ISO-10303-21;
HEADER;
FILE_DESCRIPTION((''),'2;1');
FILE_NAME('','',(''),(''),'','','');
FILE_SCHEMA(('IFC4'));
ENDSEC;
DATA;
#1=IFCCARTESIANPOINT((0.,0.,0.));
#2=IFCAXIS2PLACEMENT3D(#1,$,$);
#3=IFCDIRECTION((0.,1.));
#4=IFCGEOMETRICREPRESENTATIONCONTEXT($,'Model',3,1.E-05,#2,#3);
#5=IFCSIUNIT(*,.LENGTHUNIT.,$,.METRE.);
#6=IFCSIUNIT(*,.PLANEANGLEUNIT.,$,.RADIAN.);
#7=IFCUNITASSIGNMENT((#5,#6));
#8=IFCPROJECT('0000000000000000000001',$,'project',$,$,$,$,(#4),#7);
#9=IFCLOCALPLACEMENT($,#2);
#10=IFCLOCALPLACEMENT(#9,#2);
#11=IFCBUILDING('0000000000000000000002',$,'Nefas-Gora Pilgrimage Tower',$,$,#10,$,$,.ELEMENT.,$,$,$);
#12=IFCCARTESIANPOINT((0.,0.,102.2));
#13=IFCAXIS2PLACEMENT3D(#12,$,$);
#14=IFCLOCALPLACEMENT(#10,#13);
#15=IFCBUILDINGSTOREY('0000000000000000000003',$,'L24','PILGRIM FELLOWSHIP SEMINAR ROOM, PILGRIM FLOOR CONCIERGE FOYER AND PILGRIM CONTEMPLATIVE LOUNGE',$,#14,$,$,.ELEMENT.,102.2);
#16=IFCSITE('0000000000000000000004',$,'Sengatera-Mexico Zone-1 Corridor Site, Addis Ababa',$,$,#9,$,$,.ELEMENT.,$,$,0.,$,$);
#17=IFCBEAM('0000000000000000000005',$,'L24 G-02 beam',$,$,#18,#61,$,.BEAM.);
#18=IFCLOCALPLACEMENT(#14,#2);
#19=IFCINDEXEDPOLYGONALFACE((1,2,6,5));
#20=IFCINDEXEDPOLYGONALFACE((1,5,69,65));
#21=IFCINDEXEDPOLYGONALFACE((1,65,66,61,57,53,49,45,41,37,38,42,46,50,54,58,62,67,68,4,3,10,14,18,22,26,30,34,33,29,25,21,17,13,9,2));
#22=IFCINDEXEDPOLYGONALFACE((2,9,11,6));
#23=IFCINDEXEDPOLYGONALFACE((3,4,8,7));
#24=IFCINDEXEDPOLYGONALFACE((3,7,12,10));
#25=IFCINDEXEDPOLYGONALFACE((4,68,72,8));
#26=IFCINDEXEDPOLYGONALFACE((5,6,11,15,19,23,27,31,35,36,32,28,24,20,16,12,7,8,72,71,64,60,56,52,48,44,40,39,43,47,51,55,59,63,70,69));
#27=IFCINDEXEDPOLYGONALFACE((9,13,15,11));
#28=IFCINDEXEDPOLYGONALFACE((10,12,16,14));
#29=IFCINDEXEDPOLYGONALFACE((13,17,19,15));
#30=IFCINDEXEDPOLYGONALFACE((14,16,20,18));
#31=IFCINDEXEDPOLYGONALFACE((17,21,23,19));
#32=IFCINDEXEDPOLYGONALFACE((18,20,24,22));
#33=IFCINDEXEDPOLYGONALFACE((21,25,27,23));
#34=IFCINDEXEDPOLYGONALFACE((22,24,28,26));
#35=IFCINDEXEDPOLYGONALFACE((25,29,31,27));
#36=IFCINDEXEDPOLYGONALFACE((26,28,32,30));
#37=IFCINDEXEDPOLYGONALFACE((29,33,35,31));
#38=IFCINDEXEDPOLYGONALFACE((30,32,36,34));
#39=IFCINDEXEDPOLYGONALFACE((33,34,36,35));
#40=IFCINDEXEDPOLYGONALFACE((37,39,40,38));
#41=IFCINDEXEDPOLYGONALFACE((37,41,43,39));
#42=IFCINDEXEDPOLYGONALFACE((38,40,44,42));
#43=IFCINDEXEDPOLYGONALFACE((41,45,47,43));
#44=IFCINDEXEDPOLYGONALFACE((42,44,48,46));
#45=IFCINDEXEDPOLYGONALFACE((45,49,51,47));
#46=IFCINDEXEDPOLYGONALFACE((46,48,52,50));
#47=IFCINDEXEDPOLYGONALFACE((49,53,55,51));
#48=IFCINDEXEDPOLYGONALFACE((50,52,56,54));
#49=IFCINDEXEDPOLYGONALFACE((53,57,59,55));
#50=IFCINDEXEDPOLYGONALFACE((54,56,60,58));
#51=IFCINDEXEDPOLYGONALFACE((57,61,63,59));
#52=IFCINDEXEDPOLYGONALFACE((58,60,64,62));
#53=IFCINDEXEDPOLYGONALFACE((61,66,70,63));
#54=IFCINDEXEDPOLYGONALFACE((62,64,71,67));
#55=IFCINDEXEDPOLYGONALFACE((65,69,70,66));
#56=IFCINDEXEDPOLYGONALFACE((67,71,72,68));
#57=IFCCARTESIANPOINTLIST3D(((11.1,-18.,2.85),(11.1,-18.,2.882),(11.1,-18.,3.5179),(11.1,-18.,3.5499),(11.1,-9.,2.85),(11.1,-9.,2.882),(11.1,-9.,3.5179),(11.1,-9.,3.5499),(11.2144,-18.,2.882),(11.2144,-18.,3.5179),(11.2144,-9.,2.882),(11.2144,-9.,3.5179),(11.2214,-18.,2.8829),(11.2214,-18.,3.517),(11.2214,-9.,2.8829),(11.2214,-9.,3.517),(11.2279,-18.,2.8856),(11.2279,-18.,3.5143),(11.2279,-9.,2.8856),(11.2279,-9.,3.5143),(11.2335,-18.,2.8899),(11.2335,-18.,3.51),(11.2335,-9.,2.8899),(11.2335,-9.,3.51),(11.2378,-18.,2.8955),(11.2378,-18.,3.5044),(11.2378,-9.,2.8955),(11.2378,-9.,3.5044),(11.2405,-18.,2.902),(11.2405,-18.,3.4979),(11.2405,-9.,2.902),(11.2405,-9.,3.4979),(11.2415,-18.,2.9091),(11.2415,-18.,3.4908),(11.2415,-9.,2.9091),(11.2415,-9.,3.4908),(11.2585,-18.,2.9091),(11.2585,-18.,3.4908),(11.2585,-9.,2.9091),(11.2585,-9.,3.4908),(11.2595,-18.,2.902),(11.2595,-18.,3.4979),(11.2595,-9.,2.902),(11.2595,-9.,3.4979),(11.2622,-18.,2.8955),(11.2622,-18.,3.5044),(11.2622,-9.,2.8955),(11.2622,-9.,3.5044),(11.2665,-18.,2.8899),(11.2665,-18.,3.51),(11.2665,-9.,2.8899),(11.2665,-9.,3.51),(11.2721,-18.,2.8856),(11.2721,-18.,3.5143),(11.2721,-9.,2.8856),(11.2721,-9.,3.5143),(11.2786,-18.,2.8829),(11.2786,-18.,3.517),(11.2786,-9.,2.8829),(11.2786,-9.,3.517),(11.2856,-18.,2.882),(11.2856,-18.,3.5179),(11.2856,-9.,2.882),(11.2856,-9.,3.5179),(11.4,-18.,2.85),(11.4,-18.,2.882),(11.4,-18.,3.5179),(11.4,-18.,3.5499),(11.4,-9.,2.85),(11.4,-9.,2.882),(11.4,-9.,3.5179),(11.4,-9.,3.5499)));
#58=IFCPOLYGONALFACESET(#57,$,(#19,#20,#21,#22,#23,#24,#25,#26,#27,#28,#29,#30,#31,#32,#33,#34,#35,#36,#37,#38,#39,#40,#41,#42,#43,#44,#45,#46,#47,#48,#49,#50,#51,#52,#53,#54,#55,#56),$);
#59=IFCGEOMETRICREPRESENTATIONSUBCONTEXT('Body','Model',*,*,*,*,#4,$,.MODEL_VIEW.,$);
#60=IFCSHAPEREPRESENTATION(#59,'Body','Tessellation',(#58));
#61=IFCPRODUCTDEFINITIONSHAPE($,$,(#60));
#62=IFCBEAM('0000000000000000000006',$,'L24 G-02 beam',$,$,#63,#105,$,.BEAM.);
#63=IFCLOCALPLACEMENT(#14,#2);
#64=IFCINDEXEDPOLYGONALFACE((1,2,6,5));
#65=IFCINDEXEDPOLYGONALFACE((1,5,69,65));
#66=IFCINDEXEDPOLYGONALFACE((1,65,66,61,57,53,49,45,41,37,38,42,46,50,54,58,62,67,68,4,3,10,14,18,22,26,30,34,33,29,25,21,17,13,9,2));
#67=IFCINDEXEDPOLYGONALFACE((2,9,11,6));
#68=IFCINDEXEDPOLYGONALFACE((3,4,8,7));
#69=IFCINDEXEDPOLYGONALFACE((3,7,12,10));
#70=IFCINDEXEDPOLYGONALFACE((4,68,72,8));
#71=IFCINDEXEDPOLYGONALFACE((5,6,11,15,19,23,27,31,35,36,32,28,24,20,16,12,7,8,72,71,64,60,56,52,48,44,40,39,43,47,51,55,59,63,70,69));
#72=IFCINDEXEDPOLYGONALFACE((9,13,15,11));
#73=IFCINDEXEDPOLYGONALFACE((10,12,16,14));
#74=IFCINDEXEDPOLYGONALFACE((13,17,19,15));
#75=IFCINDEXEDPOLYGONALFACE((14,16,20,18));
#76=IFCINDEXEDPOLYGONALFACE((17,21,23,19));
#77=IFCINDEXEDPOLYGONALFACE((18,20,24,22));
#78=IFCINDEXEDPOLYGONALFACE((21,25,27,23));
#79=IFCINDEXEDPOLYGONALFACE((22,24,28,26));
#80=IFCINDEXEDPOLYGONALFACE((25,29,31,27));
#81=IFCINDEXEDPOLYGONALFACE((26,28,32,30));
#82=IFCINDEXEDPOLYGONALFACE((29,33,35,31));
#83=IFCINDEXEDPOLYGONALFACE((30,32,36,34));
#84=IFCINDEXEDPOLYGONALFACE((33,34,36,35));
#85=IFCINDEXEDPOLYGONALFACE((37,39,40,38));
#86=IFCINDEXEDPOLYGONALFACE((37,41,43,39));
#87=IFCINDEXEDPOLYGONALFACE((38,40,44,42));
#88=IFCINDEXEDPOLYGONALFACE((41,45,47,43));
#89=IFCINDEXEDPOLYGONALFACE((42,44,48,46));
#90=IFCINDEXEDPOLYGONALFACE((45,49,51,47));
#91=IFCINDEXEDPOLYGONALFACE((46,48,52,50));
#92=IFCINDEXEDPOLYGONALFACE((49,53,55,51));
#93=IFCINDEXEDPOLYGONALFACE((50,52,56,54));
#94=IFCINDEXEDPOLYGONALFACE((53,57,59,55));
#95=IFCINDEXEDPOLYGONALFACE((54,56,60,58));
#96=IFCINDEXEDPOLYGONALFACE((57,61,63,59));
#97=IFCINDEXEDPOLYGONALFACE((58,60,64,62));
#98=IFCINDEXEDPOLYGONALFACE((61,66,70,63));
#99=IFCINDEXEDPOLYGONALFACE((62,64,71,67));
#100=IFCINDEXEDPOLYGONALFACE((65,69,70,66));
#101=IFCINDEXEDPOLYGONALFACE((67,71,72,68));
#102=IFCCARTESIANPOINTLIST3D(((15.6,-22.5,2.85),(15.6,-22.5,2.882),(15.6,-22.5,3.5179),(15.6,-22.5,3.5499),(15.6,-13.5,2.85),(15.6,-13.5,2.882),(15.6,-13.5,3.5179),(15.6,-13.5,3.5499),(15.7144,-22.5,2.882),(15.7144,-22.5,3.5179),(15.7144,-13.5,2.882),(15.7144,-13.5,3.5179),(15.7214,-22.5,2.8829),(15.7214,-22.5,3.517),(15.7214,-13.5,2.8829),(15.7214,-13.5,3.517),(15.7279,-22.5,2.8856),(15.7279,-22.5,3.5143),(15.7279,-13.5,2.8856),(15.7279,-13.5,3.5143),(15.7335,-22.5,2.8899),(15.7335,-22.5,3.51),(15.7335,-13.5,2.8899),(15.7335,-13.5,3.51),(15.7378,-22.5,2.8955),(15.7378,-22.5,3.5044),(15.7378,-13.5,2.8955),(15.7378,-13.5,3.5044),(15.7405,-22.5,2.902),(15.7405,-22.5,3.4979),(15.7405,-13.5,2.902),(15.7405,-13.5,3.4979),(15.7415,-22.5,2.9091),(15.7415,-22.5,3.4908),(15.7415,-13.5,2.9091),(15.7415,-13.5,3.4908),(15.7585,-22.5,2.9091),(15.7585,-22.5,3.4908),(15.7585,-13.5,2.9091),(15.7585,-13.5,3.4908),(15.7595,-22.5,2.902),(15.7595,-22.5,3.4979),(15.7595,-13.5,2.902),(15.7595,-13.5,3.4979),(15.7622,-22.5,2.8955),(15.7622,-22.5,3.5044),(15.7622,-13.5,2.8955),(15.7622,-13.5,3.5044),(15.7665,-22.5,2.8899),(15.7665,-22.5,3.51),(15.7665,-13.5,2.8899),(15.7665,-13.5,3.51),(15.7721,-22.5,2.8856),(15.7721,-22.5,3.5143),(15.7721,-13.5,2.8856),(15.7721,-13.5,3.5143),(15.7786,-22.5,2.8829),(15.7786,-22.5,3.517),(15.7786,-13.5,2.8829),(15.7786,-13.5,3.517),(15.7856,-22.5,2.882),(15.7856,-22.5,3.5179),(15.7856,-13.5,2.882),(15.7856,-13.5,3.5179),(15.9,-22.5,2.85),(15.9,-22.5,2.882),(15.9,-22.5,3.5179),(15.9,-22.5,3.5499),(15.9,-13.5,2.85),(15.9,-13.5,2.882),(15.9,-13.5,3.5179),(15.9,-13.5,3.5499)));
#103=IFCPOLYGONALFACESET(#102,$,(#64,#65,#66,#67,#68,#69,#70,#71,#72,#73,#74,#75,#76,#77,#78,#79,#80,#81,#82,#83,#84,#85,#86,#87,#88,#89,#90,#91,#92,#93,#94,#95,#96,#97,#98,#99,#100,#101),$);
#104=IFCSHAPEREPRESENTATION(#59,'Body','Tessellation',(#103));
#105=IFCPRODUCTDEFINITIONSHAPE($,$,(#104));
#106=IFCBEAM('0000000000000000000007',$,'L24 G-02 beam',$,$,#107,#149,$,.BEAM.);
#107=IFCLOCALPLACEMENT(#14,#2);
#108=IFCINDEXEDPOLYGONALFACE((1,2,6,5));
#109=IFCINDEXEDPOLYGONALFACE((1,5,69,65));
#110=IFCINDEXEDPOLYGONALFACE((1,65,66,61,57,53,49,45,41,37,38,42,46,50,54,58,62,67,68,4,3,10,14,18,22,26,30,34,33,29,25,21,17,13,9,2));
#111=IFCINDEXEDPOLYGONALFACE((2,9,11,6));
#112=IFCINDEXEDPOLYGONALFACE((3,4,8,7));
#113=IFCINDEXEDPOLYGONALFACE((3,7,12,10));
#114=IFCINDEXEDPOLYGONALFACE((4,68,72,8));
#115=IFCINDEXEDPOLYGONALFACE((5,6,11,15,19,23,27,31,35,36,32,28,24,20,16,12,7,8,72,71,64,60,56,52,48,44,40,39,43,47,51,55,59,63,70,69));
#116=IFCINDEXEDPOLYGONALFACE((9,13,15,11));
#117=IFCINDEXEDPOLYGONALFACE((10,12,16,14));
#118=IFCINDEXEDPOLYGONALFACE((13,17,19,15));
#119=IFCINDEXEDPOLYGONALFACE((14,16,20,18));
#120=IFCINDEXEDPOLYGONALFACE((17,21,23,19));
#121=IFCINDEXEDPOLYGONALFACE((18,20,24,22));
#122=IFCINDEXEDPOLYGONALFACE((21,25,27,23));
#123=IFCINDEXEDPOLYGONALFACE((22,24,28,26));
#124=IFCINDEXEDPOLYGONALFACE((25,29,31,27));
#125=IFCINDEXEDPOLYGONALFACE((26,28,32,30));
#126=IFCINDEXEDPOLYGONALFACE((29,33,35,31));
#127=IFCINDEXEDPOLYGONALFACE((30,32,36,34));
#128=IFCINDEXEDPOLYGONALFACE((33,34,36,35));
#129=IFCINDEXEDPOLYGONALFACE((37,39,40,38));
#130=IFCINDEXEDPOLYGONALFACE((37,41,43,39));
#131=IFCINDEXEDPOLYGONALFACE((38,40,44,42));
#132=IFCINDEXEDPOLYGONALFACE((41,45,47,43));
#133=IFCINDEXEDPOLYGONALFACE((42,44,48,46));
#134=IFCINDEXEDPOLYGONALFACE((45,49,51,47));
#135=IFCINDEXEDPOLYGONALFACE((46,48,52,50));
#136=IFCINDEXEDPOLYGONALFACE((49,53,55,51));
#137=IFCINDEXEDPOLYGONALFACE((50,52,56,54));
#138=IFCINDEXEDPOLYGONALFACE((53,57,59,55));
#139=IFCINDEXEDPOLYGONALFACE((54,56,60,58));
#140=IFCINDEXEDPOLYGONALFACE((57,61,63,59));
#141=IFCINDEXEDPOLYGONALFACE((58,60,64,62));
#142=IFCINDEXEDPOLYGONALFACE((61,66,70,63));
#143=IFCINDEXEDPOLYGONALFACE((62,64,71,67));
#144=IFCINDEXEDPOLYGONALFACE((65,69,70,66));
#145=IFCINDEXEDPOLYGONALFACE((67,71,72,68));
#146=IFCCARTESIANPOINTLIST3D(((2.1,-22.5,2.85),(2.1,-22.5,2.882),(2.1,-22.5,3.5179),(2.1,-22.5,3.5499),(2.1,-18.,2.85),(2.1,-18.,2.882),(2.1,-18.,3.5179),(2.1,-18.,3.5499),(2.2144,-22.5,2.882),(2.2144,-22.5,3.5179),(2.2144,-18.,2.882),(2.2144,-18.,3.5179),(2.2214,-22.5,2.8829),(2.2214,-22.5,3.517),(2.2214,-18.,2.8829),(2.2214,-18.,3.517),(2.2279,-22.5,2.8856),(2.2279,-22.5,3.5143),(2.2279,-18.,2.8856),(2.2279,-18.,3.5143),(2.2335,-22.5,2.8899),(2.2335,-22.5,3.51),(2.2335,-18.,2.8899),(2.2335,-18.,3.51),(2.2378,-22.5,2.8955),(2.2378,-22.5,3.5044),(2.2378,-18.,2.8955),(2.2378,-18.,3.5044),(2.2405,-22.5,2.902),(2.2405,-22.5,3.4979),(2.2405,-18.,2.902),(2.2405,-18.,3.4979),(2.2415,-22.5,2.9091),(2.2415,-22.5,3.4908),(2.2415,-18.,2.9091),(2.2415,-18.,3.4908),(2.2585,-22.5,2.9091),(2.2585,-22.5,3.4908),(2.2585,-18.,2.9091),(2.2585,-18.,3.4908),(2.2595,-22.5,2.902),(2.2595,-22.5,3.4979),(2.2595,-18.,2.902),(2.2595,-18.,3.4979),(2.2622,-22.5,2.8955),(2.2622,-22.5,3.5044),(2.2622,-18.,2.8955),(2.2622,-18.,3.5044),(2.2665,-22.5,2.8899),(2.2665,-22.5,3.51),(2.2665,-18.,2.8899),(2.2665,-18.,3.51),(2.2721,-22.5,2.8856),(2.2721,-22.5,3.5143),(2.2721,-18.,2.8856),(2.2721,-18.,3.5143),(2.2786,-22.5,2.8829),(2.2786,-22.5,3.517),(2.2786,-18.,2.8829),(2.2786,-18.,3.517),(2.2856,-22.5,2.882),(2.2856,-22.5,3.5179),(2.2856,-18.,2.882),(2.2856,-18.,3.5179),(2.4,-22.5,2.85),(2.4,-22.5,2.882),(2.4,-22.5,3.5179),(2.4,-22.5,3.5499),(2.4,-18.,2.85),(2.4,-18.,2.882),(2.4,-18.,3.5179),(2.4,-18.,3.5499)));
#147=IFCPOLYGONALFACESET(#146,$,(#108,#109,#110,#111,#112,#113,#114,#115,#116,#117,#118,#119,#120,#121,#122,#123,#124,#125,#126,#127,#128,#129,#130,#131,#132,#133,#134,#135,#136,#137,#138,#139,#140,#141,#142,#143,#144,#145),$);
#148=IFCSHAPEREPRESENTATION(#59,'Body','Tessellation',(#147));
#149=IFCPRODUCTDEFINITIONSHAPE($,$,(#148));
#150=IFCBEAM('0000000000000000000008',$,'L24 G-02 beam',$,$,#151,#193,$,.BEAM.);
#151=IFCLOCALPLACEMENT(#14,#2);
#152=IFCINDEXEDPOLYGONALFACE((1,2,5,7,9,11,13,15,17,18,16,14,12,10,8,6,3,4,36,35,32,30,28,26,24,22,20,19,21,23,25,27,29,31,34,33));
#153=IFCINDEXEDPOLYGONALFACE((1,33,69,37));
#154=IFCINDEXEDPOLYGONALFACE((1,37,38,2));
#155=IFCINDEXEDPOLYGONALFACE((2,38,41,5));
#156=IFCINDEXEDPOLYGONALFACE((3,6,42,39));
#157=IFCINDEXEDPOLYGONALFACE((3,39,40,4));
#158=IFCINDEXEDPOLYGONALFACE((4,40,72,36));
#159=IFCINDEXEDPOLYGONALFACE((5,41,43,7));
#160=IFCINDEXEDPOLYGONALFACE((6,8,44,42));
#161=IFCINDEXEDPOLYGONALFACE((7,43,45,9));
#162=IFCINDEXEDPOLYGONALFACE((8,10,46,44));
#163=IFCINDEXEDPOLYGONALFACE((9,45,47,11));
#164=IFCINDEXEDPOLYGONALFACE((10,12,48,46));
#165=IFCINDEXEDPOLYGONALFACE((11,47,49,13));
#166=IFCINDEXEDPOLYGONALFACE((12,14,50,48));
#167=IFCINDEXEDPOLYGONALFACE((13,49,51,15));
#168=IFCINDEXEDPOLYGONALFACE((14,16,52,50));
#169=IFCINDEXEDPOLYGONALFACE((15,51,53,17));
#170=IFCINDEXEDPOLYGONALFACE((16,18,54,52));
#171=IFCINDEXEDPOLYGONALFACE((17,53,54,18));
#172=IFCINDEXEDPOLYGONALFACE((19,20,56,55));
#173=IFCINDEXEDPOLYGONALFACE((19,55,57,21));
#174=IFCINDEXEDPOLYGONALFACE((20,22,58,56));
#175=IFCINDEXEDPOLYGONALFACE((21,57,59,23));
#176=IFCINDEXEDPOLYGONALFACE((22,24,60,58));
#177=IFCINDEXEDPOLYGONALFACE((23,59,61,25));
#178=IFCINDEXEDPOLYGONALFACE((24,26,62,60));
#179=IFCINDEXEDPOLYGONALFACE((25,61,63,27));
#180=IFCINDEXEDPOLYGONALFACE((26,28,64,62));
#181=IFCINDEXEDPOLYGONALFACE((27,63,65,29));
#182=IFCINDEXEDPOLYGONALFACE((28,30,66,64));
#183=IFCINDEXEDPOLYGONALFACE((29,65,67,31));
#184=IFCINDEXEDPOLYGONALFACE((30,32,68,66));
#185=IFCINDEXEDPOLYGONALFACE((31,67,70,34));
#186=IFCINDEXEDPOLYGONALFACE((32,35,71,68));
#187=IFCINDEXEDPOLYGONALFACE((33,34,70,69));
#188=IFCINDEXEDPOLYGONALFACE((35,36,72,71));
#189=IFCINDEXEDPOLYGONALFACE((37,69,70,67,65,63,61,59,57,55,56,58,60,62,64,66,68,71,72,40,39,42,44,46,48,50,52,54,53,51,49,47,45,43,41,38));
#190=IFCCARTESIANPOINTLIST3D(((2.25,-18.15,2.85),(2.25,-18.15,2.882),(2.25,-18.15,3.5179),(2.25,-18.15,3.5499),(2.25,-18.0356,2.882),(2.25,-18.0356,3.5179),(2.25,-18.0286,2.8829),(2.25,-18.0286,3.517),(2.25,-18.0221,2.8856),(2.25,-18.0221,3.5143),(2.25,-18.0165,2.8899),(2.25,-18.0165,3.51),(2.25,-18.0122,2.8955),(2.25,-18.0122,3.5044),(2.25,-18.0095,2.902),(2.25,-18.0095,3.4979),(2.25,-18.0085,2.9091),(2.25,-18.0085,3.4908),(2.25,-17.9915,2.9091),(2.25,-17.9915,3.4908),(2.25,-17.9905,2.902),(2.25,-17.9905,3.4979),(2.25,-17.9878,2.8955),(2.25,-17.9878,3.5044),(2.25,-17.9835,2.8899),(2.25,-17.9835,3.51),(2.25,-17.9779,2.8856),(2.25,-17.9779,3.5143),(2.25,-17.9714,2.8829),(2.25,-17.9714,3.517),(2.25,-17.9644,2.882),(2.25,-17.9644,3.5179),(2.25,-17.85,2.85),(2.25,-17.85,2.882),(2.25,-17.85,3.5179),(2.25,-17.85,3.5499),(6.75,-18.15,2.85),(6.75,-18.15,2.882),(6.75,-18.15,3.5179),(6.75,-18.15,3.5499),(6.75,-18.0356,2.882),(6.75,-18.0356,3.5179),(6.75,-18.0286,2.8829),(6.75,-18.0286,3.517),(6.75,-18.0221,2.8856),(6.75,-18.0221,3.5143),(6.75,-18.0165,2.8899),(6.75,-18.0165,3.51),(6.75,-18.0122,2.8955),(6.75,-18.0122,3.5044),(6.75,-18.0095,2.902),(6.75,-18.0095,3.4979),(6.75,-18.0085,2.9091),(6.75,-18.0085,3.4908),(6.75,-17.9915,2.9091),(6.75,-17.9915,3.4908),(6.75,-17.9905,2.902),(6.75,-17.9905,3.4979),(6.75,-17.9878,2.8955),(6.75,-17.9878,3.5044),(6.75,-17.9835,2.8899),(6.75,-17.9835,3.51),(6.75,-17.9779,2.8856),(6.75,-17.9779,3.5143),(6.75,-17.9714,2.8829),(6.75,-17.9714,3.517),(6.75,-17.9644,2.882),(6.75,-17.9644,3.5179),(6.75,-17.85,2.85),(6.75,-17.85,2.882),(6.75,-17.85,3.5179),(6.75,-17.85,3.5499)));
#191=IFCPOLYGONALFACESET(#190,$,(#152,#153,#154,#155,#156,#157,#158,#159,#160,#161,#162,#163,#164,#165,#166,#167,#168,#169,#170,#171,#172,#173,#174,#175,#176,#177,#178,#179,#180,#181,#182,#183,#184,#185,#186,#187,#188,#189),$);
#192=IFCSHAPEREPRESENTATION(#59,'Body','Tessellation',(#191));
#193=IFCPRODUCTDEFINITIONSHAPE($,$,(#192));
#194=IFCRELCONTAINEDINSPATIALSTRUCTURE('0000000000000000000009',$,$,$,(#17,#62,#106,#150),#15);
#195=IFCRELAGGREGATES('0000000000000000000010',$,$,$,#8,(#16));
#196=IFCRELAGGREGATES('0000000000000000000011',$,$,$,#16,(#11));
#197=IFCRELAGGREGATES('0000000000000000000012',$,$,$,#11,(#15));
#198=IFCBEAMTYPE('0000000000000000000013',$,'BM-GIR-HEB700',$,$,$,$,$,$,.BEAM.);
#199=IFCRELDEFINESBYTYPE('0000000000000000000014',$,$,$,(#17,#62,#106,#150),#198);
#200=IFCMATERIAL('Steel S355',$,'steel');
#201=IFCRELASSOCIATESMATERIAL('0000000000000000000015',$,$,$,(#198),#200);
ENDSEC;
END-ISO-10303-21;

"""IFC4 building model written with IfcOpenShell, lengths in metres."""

from ifc_helpers import new_model, si_unit, direction, frame, origin, origin_2d, place, context, subcontext, project, spatial, i_section, extrude, source, transform, mapped, material, material_profile, profile_set, type_object, element, save


model = new_model("IFC4")

# Units and contexts
model_context = context("Model", 3, precision=1e-05, world=origin(), true_north=direction((0.0, 1.0)))
body_context = subcontext(model_context, "Body", "Model", "MODEL_VIEW")
ifc_project = project(units=[si_unit("LENGTHUNIT", "METRE"), si_unit("PLANEANGLEUNIT", "RADIAN")], contexts=[model_context])

# Site, building, storey
site_placement = place(None, origin())
site = spatial("IfcSite", under=ifc_project, at=site_placement, Name="Sengatera-Mexico Zone-1 Corridor Site, Addis Ababa", CompositionType="ELEMENT", RefElevation=0.0)
building_placement = place(site_placement, origin())
building = spatial("IfcBuilding", under=site, at=building_placement, Name="Nefas-Gora Pilgrimage Tower", CompositionType="ELEMENT")
storey_placement = place(building_placement, frame((0.0, 0.0, 102.2)))
storey = spatial("IfcBuildingStorey", under=building, at=storey_placement, Name="L24", Description="PILGRIM FELLOWSHIP SEMINAR ROOM, PILGRIM FLOOR CONCIERGE FOYER AND PILGRIM CONTEMPLATIVE LOUNGE", CompositionType="ELEMENT", Elevation=102.2)

# Beams
ifc_material_1 = material(Name="Steel S355", Category="steel")
ifc_material_profile_1 = material_profile(ifc_material_1, i_section(OverallWidth=0.3, OverallDepth=0.7, WebThickness=0.0171, FlangeThickness=0.032, FilletRadius=0.0271, at=origin_2d()), Name="HEB 700")
ifc_profile_set_1 = profile_set([ifc_material_profile_1], Name="Steel S355")
beam_type_1 = type_object("IfcBeamType", Name="BM-GIR-HEB700", PredefinedType="BEAM", material=ifc_profile_set_1)
shared_shape_1 = source(origin(), body_context, "Body", "SweptSolid", [
    extrude(i_section(OverallWidth=0.3, OverallDepth=0.7, WebThickness=0.0171, FlangeThickness=0.032, FilletRadius=0.0271, at=origin_2d()), origin(), (0.0, 0.0, 1.0), 9.0),
])
for number, where, z_axis, x_axis, name in (
    (1, (11.25, -18.0, 3.2), (0.0, 1.0, 0.0), (-1.0, 0.0, 0.0), "L24 G-02 beam"),
    (2, (15.75, -22.5, 3.2), (0.0, 1.0, 0.0), (-1.0, 0.0, 0.0), "L24 G-02 beam"),
):
    element("IfcBeam", number, at=place(storey_placement, frame(where, z_axis=z_axis, x_axis=x_axis)), inside=storey, type_object=beam_type_1, Name=name, PredefinedType="BEAM", context=body_context, shape_type="MappedRepresentation", body=[
        mapped(shared_shape_1, transform((0.0, 0.0, 0.0), x_axis=(1.0, 0.0, 0.0), y_axis=(0.0, 1.0, 0.0), z_axis=(0.0, 0.0, 1.0), scale=1.0)),
    ])
shared_shape_2 = source(origin(), body_context, "Body", "SweptSolid", [
    extrude(i_section(OverallWidth=0.3, OverallDepth=0.7, WebThickness=0.0171, FlangeThickness=0.032, FilletRadius=0.0271, at=origin_2d()), origin(), (0.0, 0.0, 1.0), 4.5),
])
for number, where, z_axis, x_axis, name in (
    (3, (2.25, -22.5, 3.2), (0.0, 1.0, 0.0), (-1.0, 0.0, 0.0), "L24 G-02 beam"),
    (4, (2.25, -18.0, 3.2), (1.0, 0.0, 0.0), (0.0, 1.0, 0.0), "L24 G-02 beam"),
):
    element("IfcBeam", number, at=place(storey_placement, frame(where, z_axis=z_axis, x_axis=x_axis)), inside=storey, type_object=beam_type_1, Name=name, PredefinedType="BEAM", context=body_context, shape_type="MappedRepresentation", body=[
        mapped(shared_shape_2, transform((0.0, 0.0, 0.0), x_axis=(1.0, 0.0, 0.0), y_axis=(0.0, 1.0, 0.0), z_axis=(0.0, 0.0, 1.0), scale=1.0)),
    ])

save(model, "model.ifc")
